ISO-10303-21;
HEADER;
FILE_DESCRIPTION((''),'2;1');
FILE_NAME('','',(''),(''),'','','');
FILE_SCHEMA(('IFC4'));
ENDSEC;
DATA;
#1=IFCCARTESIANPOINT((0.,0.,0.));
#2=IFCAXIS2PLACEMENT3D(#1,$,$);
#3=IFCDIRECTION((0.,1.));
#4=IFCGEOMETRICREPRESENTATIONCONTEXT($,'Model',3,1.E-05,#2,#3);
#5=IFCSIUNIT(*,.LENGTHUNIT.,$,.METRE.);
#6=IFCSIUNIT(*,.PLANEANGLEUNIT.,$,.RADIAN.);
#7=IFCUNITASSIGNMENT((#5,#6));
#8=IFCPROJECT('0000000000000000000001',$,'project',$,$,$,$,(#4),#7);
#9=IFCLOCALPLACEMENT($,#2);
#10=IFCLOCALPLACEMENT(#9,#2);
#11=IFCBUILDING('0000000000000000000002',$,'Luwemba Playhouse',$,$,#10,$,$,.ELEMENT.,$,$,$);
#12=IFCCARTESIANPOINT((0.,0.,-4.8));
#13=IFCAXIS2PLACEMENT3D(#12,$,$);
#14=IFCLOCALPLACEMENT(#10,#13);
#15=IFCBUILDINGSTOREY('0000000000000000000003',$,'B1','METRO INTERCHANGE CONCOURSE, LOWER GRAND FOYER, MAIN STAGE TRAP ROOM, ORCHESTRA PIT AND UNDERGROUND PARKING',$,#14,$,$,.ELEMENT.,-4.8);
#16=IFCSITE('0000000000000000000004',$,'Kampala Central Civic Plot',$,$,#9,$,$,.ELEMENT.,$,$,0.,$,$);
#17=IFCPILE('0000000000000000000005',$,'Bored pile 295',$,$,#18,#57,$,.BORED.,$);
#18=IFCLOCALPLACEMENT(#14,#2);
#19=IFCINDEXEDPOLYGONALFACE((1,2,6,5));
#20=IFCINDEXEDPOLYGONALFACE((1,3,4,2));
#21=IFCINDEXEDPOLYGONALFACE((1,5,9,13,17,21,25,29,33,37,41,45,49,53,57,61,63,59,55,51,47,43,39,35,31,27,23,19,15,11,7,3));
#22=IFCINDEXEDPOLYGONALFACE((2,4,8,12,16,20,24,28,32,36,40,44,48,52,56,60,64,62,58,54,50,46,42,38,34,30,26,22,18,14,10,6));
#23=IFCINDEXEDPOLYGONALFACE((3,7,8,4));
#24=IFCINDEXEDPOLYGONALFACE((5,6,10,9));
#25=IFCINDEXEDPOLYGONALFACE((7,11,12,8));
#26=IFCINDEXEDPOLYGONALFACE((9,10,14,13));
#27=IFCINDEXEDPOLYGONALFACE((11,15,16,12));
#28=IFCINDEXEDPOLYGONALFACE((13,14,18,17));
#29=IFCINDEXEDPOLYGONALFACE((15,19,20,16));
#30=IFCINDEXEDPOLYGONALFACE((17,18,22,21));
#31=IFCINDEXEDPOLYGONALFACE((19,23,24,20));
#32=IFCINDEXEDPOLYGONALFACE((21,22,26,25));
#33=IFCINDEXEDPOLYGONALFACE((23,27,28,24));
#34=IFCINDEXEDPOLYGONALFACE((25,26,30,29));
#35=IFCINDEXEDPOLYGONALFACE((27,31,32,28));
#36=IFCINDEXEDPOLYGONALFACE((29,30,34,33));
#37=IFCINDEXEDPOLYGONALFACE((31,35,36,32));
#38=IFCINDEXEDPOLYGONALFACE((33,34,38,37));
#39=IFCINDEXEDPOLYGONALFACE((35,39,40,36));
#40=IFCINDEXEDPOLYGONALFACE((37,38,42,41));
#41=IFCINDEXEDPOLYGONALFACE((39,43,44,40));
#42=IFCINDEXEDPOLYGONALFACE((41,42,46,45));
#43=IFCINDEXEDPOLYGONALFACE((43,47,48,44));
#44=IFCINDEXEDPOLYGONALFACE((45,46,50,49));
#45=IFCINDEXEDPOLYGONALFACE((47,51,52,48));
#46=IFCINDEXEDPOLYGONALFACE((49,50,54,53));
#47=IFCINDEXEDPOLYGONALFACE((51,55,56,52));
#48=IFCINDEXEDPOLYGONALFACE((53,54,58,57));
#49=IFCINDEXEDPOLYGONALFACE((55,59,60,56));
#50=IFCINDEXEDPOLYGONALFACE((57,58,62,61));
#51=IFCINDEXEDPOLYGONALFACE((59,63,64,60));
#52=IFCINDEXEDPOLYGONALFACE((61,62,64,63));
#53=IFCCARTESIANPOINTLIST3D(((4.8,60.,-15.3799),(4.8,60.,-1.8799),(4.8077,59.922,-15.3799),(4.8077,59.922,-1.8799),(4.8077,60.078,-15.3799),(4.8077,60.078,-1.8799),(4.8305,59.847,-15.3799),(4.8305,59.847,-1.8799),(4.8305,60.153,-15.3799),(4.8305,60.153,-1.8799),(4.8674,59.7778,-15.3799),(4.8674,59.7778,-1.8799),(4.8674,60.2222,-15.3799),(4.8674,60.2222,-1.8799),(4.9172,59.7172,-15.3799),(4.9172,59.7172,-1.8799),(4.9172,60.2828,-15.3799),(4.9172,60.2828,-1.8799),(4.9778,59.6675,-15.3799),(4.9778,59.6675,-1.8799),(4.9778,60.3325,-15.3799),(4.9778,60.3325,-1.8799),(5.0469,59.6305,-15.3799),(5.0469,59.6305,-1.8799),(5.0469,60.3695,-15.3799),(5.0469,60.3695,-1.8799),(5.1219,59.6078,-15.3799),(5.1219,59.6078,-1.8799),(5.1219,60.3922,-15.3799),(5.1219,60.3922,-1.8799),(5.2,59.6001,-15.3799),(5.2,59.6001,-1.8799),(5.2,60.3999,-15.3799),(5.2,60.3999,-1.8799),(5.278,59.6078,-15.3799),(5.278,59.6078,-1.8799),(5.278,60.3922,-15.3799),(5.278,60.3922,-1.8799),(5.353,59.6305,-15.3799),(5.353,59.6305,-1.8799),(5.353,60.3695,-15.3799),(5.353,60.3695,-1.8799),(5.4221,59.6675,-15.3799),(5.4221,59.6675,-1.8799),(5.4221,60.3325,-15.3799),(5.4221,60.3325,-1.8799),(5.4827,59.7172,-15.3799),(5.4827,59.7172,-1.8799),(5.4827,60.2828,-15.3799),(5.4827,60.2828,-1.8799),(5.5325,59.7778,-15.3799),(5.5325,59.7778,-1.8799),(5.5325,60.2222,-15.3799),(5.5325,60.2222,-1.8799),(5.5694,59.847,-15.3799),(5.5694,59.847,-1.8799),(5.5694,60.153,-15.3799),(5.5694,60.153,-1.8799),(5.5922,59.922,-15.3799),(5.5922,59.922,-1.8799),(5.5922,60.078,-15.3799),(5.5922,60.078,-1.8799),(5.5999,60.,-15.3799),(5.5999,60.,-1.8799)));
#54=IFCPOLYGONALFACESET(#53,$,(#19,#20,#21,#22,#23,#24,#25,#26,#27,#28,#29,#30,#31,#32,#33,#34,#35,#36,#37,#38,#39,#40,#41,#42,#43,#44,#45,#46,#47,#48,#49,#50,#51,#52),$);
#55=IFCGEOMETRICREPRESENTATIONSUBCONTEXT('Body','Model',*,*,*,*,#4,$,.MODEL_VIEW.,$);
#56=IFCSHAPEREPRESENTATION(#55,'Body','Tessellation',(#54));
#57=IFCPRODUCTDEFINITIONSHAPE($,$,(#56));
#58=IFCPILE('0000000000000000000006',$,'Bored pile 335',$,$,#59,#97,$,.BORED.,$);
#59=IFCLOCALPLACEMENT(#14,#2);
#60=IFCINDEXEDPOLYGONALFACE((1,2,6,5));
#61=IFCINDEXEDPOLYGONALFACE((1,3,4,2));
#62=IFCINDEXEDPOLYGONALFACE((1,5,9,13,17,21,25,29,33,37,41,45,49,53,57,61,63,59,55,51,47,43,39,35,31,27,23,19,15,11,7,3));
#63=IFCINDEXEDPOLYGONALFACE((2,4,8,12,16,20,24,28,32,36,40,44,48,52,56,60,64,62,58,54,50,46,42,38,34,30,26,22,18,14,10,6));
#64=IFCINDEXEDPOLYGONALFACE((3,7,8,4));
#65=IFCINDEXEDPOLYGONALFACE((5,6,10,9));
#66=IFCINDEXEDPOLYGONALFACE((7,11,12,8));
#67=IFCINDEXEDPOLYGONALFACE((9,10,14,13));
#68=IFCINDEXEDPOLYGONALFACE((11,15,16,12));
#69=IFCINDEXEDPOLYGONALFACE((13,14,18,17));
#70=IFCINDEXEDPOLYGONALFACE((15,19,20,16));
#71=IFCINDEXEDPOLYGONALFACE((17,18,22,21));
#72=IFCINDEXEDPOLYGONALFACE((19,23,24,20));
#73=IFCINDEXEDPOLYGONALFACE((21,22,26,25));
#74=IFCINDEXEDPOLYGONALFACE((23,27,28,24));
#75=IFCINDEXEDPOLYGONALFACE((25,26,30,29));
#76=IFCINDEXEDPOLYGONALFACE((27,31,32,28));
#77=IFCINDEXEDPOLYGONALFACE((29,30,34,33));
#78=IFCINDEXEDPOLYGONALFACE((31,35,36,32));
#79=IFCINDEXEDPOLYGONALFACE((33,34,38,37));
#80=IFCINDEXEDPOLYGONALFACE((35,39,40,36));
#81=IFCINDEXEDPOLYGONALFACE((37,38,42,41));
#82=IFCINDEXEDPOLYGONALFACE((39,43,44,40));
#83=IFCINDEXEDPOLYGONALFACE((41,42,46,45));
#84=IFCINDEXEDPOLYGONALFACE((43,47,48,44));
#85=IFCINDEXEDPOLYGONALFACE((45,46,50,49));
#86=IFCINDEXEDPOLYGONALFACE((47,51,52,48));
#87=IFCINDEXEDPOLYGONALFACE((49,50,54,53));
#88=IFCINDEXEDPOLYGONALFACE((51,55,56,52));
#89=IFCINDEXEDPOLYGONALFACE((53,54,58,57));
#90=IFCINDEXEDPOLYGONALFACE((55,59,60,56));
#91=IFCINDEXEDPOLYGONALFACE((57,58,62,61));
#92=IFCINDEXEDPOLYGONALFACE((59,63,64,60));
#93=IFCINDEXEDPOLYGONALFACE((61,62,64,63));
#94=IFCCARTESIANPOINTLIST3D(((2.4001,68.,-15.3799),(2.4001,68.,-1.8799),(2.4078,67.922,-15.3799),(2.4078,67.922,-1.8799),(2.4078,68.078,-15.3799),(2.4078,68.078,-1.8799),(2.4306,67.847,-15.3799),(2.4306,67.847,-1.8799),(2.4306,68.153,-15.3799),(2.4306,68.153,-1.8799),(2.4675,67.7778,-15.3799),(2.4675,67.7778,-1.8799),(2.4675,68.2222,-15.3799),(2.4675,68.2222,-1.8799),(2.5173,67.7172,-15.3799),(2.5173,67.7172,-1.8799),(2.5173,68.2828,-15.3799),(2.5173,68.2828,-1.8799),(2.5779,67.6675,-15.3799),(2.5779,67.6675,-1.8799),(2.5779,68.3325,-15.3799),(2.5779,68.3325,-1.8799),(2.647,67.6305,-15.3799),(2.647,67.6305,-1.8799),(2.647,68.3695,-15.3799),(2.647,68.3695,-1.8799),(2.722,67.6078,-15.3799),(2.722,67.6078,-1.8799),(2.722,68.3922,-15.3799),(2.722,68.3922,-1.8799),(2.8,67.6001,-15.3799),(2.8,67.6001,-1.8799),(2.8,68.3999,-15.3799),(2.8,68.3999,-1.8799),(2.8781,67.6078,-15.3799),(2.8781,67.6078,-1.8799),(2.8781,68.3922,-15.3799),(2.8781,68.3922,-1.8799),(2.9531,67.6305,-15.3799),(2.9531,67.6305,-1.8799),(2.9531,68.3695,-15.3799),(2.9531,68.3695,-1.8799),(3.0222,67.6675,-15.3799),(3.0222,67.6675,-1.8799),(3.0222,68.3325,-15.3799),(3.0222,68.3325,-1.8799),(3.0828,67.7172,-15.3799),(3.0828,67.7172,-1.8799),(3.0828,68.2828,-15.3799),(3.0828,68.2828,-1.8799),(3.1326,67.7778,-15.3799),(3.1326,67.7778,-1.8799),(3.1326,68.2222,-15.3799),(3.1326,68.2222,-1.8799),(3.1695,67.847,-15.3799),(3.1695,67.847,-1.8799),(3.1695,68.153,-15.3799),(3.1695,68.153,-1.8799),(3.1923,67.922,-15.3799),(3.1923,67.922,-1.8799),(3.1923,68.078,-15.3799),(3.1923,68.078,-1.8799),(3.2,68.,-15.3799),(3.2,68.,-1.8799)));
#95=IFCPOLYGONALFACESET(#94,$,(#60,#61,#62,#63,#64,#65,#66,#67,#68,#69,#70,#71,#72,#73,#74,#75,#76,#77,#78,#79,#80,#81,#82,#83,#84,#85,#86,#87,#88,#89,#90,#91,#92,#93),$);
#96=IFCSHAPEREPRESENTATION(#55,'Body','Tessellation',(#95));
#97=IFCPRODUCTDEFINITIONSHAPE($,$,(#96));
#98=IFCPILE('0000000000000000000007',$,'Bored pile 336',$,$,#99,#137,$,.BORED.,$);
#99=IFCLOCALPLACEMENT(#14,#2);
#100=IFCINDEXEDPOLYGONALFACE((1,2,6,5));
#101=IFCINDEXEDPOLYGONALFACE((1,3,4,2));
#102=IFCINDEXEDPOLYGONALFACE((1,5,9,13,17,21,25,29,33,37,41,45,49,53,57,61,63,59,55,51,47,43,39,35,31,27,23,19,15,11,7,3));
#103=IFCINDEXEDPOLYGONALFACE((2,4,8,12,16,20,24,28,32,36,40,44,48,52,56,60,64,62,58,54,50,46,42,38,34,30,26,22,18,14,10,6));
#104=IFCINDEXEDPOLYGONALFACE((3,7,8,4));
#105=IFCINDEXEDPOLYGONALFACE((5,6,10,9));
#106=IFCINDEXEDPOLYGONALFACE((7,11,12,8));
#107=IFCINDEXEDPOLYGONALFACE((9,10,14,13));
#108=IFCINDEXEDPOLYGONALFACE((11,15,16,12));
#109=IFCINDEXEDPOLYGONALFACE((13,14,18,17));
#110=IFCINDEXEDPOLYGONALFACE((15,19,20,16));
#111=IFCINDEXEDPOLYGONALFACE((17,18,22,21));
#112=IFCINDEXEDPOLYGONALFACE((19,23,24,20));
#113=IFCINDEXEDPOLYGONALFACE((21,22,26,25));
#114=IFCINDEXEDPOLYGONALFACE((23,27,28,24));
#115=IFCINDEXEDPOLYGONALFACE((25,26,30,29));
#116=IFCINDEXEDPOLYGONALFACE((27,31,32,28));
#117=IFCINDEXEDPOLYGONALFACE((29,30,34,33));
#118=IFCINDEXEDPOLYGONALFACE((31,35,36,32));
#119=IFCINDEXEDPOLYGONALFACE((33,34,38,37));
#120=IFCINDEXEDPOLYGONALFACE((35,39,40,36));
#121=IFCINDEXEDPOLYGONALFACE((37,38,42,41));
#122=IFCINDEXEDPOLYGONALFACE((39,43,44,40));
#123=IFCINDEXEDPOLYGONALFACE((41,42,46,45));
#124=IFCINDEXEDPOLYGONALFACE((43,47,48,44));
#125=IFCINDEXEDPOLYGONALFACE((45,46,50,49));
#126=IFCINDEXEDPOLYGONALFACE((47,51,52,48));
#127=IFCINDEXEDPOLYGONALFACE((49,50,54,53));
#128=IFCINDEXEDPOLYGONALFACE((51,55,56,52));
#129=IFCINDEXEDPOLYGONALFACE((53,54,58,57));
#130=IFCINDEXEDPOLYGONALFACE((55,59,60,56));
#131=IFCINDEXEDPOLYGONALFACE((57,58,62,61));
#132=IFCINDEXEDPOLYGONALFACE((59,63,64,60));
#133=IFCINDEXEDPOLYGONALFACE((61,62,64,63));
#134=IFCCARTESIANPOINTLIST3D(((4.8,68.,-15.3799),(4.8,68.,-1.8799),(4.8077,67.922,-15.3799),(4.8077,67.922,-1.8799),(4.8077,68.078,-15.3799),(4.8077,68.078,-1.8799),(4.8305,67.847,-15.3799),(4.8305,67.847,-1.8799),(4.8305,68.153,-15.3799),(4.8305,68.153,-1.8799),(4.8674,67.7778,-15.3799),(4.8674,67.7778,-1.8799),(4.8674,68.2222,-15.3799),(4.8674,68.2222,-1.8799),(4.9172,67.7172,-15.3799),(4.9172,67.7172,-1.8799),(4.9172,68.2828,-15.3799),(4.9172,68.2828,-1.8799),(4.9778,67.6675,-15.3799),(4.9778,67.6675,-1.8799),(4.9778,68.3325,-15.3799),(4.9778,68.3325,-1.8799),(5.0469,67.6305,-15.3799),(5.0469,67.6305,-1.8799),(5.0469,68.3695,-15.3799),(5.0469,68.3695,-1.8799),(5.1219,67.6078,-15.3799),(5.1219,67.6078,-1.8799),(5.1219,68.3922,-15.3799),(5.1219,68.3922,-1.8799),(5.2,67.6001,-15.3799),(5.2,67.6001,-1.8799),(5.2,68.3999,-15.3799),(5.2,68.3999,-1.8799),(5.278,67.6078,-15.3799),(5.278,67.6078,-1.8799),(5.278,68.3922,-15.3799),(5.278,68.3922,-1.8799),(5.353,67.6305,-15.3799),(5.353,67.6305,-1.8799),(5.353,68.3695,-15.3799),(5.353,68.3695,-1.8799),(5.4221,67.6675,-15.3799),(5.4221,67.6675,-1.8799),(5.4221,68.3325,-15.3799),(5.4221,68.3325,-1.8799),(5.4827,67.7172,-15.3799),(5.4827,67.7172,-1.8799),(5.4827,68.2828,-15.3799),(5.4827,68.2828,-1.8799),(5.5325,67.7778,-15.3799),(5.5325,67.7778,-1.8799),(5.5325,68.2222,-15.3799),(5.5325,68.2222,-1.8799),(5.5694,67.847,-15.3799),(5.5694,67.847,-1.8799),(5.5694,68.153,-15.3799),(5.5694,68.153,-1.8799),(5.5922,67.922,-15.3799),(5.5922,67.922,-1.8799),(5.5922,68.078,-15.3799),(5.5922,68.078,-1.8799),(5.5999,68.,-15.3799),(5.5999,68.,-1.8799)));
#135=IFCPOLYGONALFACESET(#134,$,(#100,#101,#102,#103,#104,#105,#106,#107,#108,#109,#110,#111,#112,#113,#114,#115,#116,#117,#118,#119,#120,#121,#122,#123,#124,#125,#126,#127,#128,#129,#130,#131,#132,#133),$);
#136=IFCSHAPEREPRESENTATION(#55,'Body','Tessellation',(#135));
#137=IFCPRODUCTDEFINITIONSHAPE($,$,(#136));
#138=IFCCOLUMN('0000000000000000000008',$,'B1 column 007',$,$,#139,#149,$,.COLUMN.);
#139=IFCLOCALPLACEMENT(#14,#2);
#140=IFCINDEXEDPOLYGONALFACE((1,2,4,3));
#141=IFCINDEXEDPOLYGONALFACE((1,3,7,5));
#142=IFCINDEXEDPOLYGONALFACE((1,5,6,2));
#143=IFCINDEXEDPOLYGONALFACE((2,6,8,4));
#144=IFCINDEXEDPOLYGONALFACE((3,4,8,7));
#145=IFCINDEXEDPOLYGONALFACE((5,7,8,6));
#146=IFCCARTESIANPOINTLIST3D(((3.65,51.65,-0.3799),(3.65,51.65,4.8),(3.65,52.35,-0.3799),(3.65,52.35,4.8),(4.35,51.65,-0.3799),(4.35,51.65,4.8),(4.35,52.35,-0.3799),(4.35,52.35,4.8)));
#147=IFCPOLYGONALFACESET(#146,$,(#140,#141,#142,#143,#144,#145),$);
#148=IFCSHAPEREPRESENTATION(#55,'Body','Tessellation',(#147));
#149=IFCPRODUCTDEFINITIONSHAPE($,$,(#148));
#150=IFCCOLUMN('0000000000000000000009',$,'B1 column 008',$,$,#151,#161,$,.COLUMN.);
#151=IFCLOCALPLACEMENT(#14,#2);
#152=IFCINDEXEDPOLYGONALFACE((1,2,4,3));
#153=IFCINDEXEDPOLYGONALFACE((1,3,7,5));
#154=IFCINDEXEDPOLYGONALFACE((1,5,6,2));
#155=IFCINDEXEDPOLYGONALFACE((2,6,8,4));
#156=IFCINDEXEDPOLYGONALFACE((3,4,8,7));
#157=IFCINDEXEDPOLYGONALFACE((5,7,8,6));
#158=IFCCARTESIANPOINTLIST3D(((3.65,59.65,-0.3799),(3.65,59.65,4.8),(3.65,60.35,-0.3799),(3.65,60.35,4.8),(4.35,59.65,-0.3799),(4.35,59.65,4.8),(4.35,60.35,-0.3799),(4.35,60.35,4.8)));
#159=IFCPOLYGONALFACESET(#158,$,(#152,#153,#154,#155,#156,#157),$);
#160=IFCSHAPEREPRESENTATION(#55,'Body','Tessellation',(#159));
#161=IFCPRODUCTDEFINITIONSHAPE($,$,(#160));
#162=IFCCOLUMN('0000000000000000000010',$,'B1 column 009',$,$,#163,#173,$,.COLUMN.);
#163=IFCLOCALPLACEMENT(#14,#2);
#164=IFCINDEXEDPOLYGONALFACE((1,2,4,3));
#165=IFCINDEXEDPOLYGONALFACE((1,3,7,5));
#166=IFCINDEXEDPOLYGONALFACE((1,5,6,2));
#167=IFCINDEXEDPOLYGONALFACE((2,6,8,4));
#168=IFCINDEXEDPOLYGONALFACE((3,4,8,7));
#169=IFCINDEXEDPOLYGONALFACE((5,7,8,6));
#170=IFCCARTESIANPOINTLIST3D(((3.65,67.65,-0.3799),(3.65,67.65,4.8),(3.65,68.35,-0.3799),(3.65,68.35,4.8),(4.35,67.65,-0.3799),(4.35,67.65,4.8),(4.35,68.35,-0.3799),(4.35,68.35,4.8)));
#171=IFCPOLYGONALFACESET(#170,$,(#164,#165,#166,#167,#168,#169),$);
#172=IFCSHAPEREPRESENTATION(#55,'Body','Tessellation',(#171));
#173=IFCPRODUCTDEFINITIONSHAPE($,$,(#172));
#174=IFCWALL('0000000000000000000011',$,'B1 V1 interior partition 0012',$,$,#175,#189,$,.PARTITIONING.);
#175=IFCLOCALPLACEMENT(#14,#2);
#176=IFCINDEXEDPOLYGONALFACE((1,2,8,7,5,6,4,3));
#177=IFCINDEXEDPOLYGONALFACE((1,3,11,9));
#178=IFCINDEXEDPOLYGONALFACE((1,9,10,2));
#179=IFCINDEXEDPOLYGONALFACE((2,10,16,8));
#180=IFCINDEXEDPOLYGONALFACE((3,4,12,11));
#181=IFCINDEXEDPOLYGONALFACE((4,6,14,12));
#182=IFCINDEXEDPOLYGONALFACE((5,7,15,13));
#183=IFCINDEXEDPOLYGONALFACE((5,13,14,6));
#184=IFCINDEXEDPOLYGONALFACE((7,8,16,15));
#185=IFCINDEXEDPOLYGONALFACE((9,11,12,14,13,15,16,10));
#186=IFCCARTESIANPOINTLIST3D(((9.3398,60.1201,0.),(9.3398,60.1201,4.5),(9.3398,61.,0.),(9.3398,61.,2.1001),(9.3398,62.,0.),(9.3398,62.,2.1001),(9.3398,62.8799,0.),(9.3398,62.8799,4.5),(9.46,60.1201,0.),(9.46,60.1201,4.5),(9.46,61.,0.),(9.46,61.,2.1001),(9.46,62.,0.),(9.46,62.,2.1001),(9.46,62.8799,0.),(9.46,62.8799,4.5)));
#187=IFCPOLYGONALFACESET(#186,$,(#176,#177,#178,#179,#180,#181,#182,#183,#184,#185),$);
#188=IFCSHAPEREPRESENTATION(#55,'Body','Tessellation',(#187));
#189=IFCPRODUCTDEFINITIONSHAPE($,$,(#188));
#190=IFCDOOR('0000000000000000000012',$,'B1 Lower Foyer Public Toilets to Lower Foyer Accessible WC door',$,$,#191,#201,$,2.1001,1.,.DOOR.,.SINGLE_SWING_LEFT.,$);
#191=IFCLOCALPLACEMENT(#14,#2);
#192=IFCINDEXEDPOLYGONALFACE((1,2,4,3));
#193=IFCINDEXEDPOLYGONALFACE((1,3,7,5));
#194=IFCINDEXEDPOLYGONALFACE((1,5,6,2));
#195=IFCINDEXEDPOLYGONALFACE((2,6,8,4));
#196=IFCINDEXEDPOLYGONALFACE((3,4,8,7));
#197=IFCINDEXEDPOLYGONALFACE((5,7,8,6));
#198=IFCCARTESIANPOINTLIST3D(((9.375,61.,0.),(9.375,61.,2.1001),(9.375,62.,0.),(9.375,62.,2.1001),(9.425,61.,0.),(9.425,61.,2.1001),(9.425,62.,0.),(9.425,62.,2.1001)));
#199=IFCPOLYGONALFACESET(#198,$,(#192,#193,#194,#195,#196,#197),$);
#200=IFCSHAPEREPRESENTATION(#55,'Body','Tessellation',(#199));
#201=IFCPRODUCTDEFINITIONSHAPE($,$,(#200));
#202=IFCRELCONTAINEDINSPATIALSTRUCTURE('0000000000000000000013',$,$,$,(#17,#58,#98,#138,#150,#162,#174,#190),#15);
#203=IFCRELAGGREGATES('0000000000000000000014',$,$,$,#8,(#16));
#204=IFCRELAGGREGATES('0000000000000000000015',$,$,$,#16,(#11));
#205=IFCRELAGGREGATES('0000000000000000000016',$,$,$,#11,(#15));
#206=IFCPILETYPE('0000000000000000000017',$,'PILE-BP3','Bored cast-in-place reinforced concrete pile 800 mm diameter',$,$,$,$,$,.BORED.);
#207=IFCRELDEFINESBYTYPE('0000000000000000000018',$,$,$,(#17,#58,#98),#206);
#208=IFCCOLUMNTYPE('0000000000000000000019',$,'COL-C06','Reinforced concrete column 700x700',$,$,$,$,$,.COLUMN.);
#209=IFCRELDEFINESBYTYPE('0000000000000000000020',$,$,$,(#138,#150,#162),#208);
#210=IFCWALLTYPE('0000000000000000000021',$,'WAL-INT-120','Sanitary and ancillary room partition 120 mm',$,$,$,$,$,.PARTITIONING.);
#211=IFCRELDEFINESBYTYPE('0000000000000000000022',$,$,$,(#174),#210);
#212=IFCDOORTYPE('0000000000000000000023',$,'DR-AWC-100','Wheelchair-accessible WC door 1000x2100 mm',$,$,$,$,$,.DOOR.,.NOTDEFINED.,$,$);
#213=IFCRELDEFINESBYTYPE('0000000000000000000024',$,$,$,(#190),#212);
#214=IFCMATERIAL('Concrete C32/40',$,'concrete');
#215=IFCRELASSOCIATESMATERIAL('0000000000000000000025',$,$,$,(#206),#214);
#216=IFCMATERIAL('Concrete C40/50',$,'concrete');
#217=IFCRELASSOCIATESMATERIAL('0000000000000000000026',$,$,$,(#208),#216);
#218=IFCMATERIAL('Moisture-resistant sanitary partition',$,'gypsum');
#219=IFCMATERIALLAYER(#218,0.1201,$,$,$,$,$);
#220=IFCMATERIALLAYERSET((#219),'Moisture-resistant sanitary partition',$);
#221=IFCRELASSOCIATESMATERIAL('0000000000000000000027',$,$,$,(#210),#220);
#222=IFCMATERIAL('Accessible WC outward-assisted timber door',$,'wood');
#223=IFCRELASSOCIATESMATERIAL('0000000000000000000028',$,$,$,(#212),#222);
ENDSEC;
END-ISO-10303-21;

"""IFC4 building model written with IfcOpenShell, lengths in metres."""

from ifc_helpers import new_model, si_unit, direction, frame, frame_2d, origin, origin_2d, place, context, subcontext, project, spatial, rectangle, circle, extrude, material, layer, layer_set, material_profile, profile_set, type_object, element, fill, save


model = new_model("IFC4")

# Units and contexts
model_context = context("Model", 3, precision=1e-05, world=origin(), true_north=direction((0.0, 1.0)))
body_context = subcontext(model_context, "Body", "Model", "MODEL_VIEW")
ifc_project = project(units=[si_unit("LENGTHUNIT", "METRE"), si_unit("PLANEANGLEUNIT", "RADIAN")], contexts=[model_context])

# Site, building, storey
site_placement = place(None, origin())
site = spatial("IfcSite", under=ifc_project, at=site_placement, Name="Kampala Central Civic Plot", CompositionType="ELEMENT", RefElevation=0.0)
building_placement = place(site_placement, origin())
building = spatial("IfcBuilding", under=site, at=building_placement, Name="Luwemba Playhouse", CompositionType="ELEMENT")
storey_placement = place(building_placement, frame((0.0, 0.0, -4.8)))
storey = spatial("IfcBuildingStorey", under=building, at=storey_placement, Name="B1", Description="METRO INTERCHANGE CONCOURSE, LOWER GRAND FOYER, MAIN STAGE TRAP ROOM, ORCHESTRA PIT AND UNDERGROUND PARKING", CompositionType="ELEMENT", Elevation=-4.8)

# Shared definitions
ifc_material_1 = material(Name="Concrete C32/40", Category="concrete")

# Piles
ifc_material_profile_1 = material_profile(ifc_material_1, circle(Radius=0.3999, at=origin_2d()))
ifc_profile_set_1 = profile_set([ifc_material_profile_1], Name="Concrete C32/40")
pile_type = type_object("IfcPileType", Name="PILE-BP3", Description="Bored cast-in-place reinforced concrete pile 800 mm diameter", PredefinedType="BORED", material=ifc_profile_set_1)
for number, where, z_axis, x_axis, name in (
    (1, (5.2, 60.0, -1.8799), (0.0, 0.0, -1.0), (1.0, 0.0, 0.0), "Bored pile 295"),
    (2, (2.8, 68.0, -1.8799), (0.0, 0.0, -1.0), (1.0, 0.0, 0.0), "Bored pile 335"),
    (3, (5.2, 68.0, -1.8799), (0.0, 0.0, -1.0), (1.0, 0.0, 0.0), "Bored pile 336"),
):
    element("IfcPile", number, at=place(storey_placement, frame(where, z_axis=z_axis, x_axis=x_axis)), inside=storey, type_object=pile_type, Name=name, PredefinedType="BORED", context=body_context, shape_type="SweptSolid", body=[
        extrude(circle(Radius=0.3999, at=origin_2d()), origin(), (0.0, 0.0, 1.0), 13.5),
    ])

# Columns
ifc_material_2 = material(Name="Concrete C40/50", Category="concrete")
ifc_material_profile_2 = material_profile(ifc_material_2, rectangle(XDim=0.7, YDim=0.7, at=origin_2d()))
ifc_profile_set_2 = profile_set([ifc_material_profile_2], Name="Concrete C40/50")
column_type = type_object("IfcColumnType", Name="COL-C06", Description="Reinforced concrete column 700x700", PredefinedType="COLUMN", material=ifc_profile_set_2)
for number, where, z_axis, x_axis, name in (
    (4, (4.0, 52.0, -0.3799), (0.0, 0.0, 1.0), (1.0, 0.0, 0.0), "B1 column 007"),
    (5, (4.0, 60.0, -0.3799), (0.0, 0.0, 1.0), (1.0, 0.0, 0.0), "B1 column 008"),
    (6, (4.0, 68.0, -0.3799), (0.0, 0.0, 1.0), (1.0, 0.0, 0.0), "B1 column 009"),
):
    element("IfcColumn", number, at=place(storey_placement, frame(where, z_axis=z_axis, x_axis=x_axis)), inside=storey, type_object=column_type, Name=name, PredefinedType="COLUMN", context=body_context, shape_type="SweptSolid", body=[
        extrude(rectangle(XDim=0.7, YDim=0.7, at=origin_2d()), origin(), (0.0, 0.0, 1.0), 5.1799),
    ])

# Wall, opening, door
ifc_material_3 = material(Name="Moisture-resistant sanitary partition", Category="gypsum")
ifc_layer_1 = layer(ifc_material_3, 0.1201)
ifc_layer_set_1 = layer_set([ifc_layer_1], Name="Moisture-resistant sanitary partition")
wall_type_1 = type_object("IfcWallType", Name="WAL-INT-120", Description="Sanitary and ancillary room partition 120 mm", PredefinedType="PARTITIONING", material=ifc_layer_set_1)
wall_1_placement = place(storey_placement, frame((9.3999, 60.1201, 0.0), z_axis=(0.0, 0.0, 1.0), x_axis=(0.0, 1.0, 0.0)))
wall_1 = element("IfcWall", 7, at=wall_1_placement, inside=storey, type_object=wall_type_1, Name="B1 V1 interior partition 0012", PredefinedType="PARTITIONING", context=body_context, shape_type="SweptSolid", body=[
    extrude(rectangle(XDim=2.7598, YDim=0.1201, at=frame_2d((1.3799, 0.0))), origin(), (0.0, 0.0, 1.0), 4.5),
])
opening_1_placement = place(wall_1_placement, frame((0.8799, 0.0, 0.0)))
opening_1 = element("IfcOpeningElement", 8, at=opening_1_placement, cuts=wall_1, PredefinedType="OPENING", context=body_context, shape_type="SweptSolid", body=[
    extrude(rectangle(XDim=1.0, YDim=2.1001, at=frame_2d((0.5, 1.05))), frame((0.0, 0.0701, 0.0), z_axis=(0.0, -1.0, 0.0), x_axis=(1.0, 0.0, 0.0)), (0.0, 0.0, 1.0), 0.1401),
])
ifc_material_4 = material(Name="Accessible WC outward-assisted timber door", Category="wood")
door_type_1 = type_object("IfcDoorType", Name="DR-AWC-100", Description="Wheelchair-accessible WC door 1000x2100 mm", OperationType="NOTDEFINED", PredefinedType="DOOR", material=ifc_material_4)
door_1_placement = place(opening_1_placement, origin())
door_1 = element("IfcDoor", 9, at=door_1_placement, inside=storey, type_object=door_type_1, Name="B1 Lower Foyer Public Toilets to Lower Foyer Accessible WC door", OperationType="SINGLE_SWING_LEFT", OverallHeight=2.1001, OverallWidth=1.0, PredefinedType="DOOR", context=body_context, shape_type="SweptSolid", body=[
    extrude(rectangle(XDim=1.0, YDim=2.1001, at=frame_2d((0.5, 1.05))), frame((0.0, 0.0249, 0.0), z_axis=(0.0, -1.0, 0.0), x_axis=(1.0, 0.0, 0.0)), (0.0, 0.0, 1.0), 0.05),
])
fill(opening_1, door_1)

save(model, "model.ifc")
